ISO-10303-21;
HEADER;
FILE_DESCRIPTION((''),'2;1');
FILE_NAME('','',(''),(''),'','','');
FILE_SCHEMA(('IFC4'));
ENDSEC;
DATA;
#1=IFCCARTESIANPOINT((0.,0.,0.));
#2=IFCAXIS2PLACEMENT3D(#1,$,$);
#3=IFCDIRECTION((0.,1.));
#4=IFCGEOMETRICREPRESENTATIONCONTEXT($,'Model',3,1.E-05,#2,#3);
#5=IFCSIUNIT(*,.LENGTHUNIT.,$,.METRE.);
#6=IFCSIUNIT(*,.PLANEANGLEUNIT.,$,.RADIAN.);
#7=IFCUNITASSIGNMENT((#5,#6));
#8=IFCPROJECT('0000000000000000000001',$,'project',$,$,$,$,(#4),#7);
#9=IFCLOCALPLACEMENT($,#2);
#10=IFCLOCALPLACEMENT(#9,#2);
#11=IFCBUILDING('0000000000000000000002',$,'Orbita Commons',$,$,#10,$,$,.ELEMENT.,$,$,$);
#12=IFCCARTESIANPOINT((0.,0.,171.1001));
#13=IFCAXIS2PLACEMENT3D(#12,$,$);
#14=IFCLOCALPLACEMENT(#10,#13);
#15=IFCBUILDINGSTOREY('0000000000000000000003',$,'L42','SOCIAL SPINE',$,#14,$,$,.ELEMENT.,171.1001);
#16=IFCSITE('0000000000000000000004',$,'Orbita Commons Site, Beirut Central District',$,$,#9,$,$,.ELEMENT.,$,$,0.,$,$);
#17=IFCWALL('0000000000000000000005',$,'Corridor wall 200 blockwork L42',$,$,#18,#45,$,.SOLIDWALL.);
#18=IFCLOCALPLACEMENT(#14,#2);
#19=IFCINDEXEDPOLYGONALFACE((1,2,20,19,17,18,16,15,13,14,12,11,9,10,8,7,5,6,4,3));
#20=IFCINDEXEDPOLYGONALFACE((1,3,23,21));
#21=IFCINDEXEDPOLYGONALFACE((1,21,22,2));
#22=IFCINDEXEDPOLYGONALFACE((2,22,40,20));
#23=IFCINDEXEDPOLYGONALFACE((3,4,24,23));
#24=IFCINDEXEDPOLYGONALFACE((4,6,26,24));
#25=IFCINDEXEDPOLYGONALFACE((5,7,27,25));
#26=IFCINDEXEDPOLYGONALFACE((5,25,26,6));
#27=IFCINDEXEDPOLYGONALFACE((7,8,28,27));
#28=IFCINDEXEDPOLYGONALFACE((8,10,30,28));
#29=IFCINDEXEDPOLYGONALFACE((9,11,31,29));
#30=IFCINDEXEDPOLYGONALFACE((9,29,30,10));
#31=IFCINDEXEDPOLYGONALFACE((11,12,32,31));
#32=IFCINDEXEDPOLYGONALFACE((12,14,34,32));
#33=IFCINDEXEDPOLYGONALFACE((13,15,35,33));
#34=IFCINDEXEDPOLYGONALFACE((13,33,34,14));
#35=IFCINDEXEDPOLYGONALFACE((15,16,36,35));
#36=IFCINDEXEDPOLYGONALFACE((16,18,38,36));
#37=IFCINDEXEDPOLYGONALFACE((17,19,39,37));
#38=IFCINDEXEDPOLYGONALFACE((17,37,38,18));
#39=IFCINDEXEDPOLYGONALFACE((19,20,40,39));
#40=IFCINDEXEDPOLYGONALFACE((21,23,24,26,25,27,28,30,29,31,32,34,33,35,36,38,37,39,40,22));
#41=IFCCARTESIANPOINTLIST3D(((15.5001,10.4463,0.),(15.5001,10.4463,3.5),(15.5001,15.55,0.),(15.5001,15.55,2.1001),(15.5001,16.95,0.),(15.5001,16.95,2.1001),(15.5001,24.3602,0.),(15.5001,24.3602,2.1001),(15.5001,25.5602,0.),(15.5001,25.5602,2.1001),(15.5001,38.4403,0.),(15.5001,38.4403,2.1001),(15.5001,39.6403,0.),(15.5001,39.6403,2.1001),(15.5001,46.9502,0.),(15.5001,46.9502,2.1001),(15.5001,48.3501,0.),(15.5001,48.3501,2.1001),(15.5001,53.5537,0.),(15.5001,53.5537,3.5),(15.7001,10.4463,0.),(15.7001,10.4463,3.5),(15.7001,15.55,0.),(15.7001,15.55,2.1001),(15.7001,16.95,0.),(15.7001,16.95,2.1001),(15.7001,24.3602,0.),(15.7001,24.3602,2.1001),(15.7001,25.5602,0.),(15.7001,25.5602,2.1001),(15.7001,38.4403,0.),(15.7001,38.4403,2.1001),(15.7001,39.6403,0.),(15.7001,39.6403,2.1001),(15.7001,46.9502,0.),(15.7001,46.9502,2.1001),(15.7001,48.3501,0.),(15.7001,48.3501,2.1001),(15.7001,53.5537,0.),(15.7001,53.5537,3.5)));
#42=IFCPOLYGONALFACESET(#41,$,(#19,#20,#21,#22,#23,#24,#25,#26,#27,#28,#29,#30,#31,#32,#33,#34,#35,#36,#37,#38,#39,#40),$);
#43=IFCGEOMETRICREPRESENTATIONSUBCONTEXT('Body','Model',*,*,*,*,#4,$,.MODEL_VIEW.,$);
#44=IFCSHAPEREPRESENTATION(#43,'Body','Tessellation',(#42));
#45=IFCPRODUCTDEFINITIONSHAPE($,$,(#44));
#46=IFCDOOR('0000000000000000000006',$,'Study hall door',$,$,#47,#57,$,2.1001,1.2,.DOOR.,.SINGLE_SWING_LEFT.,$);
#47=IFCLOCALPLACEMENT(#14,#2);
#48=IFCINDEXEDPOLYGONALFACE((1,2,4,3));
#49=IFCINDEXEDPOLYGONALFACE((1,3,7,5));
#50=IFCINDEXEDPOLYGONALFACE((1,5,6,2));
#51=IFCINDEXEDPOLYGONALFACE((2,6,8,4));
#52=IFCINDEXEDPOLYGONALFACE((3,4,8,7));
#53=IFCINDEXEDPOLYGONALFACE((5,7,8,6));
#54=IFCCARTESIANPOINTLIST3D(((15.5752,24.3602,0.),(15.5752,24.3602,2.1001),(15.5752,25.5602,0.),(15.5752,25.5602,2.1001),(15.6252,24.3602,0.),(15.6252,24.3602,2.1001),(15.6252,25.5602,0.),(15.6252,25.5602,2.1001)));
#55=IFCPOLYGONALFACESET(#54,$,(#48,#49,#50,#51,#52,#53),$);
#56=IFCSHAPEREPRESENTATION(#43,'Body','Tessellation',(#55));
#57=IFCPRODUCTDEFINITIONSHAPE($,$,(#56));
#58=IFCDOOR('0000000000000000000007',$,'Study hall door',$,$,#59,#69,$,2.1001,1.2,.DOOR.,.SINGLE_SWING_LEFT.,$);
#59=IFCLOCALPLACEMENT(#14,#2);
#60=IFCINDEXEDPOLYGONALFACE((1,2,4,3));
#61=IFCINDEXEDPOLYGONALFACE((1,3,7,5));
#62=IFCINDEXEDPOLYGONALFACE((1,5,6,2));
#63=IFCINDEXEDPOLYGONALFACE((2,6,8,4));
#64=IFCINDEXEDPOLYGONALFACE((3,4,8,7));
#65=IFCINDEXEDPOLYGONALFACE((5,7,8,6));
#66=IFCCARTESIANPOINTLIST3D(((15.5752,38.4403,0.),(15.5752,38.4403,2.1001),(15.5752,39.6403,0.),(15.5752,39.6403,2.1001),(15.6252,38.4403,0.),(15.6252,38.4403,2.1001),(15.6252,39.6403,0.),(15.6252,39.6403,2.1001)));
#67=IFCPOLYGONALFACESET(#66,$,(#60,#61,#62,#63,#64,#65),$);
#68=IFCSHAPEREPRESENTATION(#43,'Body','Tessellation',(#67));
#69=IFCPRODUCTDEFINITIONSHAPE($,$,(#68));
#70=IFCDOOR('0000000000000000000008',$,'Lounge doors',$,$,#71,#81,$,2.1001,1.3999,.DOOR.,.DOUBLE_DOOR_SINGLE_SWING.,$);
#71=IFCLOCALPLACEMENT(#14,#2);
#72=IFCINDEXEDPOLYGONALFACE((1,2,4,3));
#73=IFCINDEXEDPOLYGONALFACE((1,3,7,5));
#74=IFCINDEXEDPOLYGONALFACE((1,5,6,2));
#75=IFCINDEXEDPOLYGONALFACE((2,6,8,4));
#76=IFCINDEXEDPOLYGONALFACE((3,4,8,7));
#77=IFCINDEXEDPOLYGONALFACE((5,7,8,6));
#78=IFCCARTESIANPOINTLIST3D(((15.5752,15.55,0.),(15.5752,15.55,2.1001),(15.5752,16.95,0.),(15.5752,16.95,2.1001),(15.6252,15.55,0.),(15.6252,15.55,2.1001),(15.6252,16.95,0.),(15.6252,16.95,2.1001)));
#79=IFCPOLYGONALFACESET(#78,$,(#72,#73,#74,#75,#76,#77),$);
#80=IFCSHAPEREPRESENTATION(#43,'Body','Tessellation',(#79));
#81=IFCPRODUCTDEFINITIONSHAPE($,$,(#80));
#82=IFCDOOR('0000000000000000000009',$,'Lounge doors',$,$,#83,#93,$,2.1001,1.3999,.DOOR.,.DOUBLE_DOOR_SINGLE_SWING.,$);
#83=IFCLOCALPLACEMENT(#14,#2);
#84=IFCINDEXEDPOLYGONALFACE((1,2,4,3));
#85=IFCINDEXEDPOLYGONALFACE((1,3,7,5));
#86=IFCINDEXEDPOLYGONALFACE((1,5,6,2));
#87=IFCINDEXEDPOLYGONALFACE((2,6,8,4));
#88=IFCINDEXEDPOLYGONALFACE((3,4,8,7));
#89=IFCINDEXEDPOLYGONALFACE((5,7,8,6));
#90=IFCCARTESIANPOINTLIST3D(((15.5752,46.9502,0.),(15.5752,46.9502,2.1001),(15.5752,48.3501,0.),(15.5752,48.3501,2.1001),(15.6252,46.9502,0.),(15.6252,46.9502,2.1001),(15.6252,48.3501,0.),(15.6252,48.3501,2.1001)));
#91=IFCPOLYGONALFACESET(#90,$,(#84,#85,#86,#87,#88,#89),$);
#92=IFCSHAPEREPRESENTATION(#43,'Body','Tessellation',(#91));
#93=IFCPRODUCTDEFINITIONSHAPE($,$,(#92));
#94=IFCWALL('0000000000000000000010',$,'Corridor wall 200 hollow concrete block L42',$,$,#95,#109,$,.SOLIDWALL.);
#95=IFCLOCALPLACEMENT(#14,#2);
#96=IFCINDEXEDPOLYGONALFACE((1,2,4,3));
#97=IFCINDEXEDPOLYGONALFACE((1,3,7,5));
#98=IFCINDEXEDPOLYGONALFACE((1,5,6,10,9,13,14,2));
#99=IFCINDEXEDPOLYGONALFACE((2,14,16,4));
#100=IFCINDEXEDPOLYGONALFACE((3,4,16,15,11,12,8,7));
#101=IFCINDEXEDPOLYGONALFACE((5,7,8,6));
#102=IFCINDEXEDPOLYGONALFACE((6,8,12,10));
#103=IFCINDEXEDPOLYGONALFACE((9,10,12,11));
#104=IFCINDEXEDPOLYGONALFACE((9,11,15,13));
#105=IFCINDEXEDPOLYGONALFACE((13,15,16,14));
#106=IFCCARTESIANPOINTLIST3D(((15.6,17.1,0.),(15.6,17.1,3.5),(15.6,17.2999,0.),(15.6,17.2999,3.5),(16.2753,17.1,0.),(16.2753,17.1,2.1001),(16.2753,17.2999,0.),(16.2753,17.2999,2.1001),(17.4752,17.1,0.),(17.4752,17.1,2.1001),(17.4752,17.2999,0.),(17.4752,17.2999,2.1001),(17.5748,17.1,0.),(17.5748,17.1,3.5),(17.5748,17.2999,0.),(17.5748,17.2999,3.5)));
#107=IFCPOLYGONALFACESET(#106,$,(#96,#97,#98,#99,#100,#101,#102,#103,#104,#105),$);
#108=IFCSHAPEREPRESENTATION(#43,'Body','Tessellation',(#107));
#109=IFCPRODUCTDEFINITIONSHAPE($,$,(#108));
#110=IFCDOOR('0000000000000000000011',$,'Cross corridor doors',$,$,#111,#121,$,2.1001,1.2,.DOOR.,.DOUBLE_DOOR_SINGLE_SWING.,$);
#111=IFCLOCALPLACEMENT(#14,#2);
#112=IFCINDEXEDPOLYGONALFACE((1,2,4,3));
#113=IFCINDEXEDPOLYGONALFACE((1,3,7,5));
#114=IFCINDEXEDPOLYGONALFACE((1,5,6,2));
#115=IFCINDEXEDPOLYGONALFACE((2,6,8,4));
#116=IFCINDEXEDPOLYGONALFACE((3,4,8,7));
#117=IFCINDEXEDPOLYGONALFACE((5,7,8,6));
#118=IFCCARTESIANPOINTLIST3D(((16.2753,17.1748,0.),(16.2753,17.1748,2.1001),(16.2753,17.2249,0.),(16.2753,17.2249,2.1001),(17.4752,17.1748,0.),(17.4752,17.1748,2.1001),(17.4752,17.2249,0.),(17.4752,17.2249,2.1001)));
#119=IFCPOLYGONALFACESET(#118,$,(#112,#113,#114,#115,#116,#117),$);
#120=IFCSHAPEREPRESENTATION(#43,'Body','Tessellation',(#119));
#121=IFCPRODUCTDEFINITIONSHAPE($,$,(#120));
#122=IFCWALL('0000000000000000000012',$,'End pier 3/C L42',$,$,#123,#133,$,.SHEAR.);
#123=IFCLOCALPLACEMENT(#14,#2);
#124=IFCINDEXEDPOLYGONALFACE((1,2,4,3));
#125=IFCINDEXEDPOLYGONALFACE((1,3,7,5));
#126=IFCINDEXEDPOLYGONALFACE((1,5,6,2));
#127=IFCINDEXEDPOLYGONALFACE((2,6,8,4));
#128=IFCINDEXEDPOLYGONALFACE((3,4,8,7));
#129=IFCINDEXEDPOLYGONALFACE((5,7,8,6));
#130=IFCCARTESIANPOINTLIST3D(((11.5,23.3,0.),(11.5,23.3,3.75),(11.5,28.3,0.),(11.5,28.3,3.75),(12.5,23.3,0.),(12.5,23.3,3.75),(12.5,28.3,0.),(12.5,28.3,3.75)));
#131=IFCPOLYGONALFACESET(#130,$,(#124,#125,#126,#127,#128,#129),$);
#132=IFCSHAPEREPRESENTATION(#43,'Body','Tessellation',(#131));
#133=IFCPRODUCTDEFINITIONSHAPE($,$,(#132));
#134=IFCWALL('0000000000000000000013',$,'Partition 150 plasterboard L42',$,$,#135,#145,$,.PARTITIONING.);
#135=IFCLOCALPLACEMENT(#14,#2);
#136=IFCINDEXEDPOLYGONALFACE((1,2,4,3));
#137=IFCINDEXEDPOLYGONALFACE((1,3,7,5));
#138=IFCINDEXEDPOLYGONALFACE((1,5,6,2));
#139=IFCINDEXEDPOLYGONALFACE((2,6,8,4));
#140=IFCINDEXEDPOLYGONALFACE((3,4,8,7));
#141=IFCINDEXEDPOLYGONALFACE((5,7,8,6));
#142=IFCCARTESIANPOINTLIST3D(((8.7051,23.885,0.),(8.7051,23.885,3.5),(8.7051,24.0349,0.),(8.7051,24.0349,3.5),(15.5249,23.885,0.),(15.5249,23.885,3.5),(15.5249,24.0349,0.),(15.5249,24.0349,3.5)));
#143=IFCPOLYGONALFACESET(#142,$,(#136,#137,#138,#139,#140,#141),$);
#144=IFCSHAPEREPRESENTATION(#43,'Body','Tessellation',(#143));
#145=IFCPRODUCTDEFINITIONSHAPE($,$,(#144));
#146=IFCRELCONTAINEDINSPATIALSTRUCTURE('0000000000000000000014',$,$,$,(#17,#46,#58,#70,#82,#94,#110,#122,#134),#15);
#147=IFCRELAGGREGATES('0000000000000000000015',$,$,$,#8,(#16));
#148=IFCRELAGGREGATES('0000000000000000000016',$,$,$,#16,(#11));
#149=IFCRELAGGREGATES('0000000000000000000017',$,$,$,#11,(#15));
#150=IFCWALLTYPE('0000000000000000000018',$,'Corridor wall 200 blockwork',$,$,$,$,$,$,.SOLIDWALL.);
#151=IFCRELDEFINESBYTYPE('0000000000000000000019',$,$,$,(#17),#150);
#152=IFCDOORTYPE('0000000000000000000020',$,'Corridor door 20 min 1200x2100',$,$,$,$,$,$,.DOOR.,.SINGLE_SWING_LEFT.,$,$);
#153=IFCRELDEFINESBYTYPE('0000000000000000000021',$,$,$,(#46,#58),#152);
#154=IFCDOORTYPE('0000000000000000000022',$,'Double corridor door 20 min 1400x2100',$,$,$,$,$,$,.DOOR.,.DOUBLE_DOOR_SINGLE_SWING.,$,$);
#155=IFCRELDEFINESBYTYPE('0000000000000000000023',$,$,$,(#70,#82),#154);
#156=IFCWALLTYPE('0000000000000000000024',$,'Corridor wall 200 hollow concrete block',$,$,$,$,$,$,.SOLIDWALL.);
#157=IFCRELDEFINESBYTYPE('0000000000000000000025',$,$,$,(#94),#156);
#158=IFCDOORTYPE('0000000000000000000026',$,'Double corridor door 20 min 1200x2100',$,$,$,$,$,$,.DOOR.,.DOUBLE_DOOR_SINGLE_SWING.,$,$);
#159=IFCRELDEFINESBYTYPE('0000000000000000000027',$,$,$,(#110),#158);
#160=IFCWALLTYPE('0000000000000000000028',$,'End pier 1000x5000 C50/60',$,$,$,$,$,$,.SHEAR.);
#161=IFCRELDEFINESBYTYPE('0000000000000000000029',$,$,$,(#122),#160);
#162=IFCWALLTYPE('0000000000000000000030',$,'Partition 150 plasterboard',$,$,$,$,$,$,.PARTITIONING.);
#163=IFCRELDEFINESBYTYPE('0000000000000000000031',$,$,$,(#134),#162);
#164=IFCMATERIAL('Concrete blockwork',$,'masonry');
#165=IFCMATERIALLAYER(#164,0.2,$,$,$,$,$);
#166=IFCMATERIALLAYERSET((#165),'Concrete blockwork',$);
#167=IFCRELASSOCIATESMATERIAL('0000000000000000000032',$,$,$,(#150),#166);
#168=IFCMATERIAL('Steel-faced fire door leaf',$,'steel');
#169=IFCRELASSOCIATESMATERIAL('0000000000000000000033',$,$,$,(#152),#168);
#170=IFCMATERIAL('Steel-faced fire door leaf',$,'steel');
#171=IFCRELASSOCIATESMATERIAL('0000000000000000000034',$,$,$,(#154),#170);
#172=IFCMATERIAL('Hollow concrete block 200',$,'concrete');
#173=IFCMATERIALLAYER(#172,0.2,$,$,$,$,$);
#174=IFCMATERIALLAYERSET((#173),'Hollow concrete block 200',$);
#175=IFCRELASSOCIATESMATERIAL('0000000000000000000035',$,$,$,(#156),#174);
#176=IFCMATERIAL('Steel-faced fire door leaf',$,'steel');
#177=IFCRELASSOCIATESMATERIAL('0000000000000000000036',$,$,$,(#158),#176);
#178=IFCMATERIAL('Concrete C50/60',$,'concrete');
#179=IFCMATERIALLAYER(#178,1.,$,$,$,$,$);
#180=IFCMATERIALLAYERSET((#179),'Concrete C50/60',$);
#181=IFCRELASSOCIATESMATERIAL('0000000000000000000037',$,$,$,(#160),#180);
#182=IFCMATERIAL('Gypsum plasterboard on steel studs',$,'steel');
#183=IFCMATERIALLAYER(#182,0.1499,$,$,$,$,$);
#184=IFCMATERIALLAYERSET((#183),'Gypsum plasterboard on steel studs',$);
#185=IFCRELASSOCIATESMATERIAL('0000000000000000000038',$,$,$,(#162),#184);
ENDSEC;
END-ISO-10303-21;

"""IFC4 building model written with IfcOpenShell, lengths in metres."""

from ifc_helpers import new_model, si_unit, direction, frame, frame_2d, origin, place, context, subcontext, project, spatial, rectangle, extrude, material, layer, layer_set, type_object, element, fill, save


model = new_model("IFC4")

# Units and contexts
model_context = context("Model", 3, precision=1e-05, world=origin(), true_north=direction((0.0, 1.0)))
body_context = subcontext(model_context, "Body", "Model", "MODEL_VIEW")
ifc_project = project(units=[si_unit("LENGTHUNIT", "METRE"), si_unit("PLANEANGLEUNIT", "RADIAN")], contexts=[model_context])

# Site, building, storey
site_placement = place(None, origin())
site = spatial("IfcSite", under=ifc_project, at=site_placement, Name="Orbita Commons Site, Beirut Central District", CompositionType="ELEMENT", RefElevation=0.0)
building_placement = place(site_placement, origin())
building = spatial("IfcBuilding", under=site, at=building_placement, Name="Orbita Commons", CompositionType="ELEMENT")
storey_placement = place(building_placement, frame((0.0, 0.0, 171.1001)))
storey = spatial("IfcBuildingStorey", under=building, at=storey_placement, Name="L42", Description="SOCIAL SPINE", CompositionType="ELEMENT", Elevation=171.1001)

# Shared definitions
ifc_material_1 = material(Name="Concrete blockwork", Category="masonry")
ifc_layer_1 = layer(ifc_material_1, 0.2)
ifc_layer_set_1 = layer_set([ifc_layer_1], Name="Concrete blockwork")
wall_type_1 = type_object("IfcWallType", Name="Corridor wall 200 blockwork", PredefinedType="SOLIDWALL", material=ifc_layer_set_1)

# Wall, openings, doors
wall_1_placement = place(storey_placement, frame((15.6001, 10.4463, 0.0), z_axis=(0.0, 0.0, 1.0), x_axis=(0.0, 1.0, 0.0)))
wall_1 = element("IfcWall", 1, at=wall_1_placement, inside=storey, type_object=wall_type_1, Name="Corridor wall 200 blockwork L42", PredefinedType="SOLIDWALL", context=body_context, shape_type="SweptSolid", body=[
    extrude(rectangle(XDim=43.1074, YDim=0.2, at=frame_2d((21.5537, 0.0))), origin(), (0.0, 0.0, 1.0), 3.5),
])
opening_1_placement = place(wall_1_placement, frame((13.9138, 0.0, 0.0)))
opening_1 = element("IfcOpeningElement", 2, at=opening_1_placement, cuts=wall_1, PredefinedType="OPENING", context=body_context, shape_type="SweptSolid", body=[
    extrude(rectangle(XDim=1.2, YDim=2.1001, at=frame_2d((0.6001, 1.05))), frame((0.0, 0.1099, 0.0), z_axis=(0.0, -1.0, 0.0), x_axis=(1.0, 0.0, 0.0)), (0.0, 0.0, 1.0), 0.22),
])
opening_2_placement = place(wall_1_placement, frame((27.9939, 0.0, 0.0)))
opening_2 = element("IfcOpeningElement", 3, at=opening_2_placement, cuts=wall_1, PredefinedType="OPENING", context=body_context, shape_type="SweptSolid", body=[
    extrude(rectangle(XDim=1.2, YDim=2.1001, at=frame_2d((0.6001, 1.05))), frame((0.0, 0.1099, 0.0), z_axis=(0.0, -1.0, 0.0), x_axis=(1.0, 0.0, 0.0)), (0.0, 0.0, 1.0), 0.22),
])
opening_3_placement = place(wall_1_placement, frame((5.1038, 0.0, 0.0)))
opening_3 = element("IfcOpeningElement", 4, at=opening_3_placement, cuts=wall_1, PredefinedType="OPENING", context=body_context, shape_type="SweptSolid", body=[
    extrude(rectangle(XDim=1.3999, YDim=2.1001, at=frame_2d((0.7, 1.05))), frame((0.0, 0.1099, 0.0), z_axis=(0.0, -1.0, 0.0), x_axis=(1.0, 0.0, 0.0)), (0.0, 0.0, 1.0), 0.22),
])
opening_4_placement = place(wall_1_placement, frame((36.5039, 0.0, 0.0)))
opening_4 = element("IfcOpeningElement", 5, at=opening_4_placement, cuts=wall_1, PredefinedType="OPENING", context=body_context, shape_type="SweptSolid", body=[
    extrude(rectangle(XDim=1.3999, YDim=2.1001, at=frame_2d((0.7, 1.05))), frame((0.0, 0.1099, 0.0), z_axis=(0.0, -1.0, 0.0), x_axis=(1.0, 0.0, 0.0)), (0.0, 0.0, 1.0), 0.22),
])
ifc_material_2 = material(Name="Steel-faced fire door leaf", Category="steel")
door_type_1 = type_object("IfcDoorType", Name="Corridor door 20 min 1200x2100", OperationType="SINGLE_SWING_LEFT", PredefinedType="DOOR", material=ifc_material_2)
door_1_placement = place(opening_1_placement, origin())
door_1 = element("IfcDoor", 6, at=door_1_placement, inside=storey, type_object=door_type_1, Name="Study hall door", OperationType="SINGLE_SWING_LEFT", OverallHeight=2.1001, OverallWidth=1.2, PredefinedType="DOOR", context=body_context, shape_type="SweptSolid", body=[
    extrude(rectangle(XDim=1.2, YDim=2.1001, at=frame_2d((0.6001, 1.05))), frame((0.0, 0.0249, 0.0), z_axis=(0.0, -1.0, 0.0), x_axis=(1.0, 0.0, 0.0)), (0.0, 0.0, 1.0), 0.05),
])
fill(opening_1, door_1)
door_2_placement = place(opening_2_placement, origin())
door_2 = element("IfcDoor", 7, at=door_2_placement, inside=storey, type_object=door_type_1, Name="Study hall door", OperationType="SINGLE_SWING_LEFT", OverallHeight=2.1001, OverallWidth=1.2, PredefinedType="DOOR", context=body_context, shape_type="SweptSolid", body=[
    extrude(rectangle(XDim=1.2, YDim=2.1001, at=frame_2d((0.6001, 1.05))), frame((0.0, 0.0249, 0.0), z_axis=(0.0, -1.0, 0.0), x_axis=(1.0, 0.0, 0.0)), (0.0, 0.0, 1.0), 0.05),
])
fill(opening_2, door_2)
ifc_material_3 = material(Name="Steel-faced fire door leaf", Category="steel")
door_type_2 = type_object("IfcDoorType", Name="Double corridor door 20 min 1400x2100", OperationType="DOUBLE_DOOR_SINGLE_SWING", PredefinedType="DOOR", material=ifc_material_3)
door_3_placement = place(opening_3_placement, origin())
door_3 = element("IfcDoor", 8, at=door_3_placement, inside=storey, type_object=door_type_2, Name="Lounge doors", OperationType="DOUBLE_DOOR_SINGLE_SWING", OverallHeight=2.1001, OverallWidth=1.3999, PredefinedType="DOOR", context=body_context, shape_type="SweptSolid", body=[
    extrude(rectangle(XDim=1.3999, YDim=2.1001, at=frame_2d((0.7, 1.05))), frame((0.0, 0.0249, 0.0), z_axis=(0.0, -1.0, 0.0), x_axis=(1.0, 0.0, 0.0)), (0.0, 0.0, 1.0), 0.05),
])
fill(opening_3, door_3)
door_4_placement = place(opening_4_placement, origin())
door_4 = element("IfcDoor", 9, at=door_4_placement, inside=storey, type_object=door_type_2, Name="Lounge doors", OperationType="DOUBLE_DOOR_SINGLE_SWING", OverallHeight=2.1001, OverallWidth=1.3999, PredefinedType="DOOR", context=body_context, shape_type="SweptSolid", body=[
    extrude(rectangle(XDim=1.3999, YDim=2.1001, at=frame_2d((0.7, 1.05))), frame((0.0, 0.0249, 0.0), z_axis=(0.0, -1.0, 0.0), x_axis=(1.0, 0.0, 0.0)), (0.0, 0.0, 1.0), 0.05),
])
fill(opening_4, door_4)

# Wall, opening, door
ifc_material_4 = material(Name="Hollow concrete block 200", Category="concrete")
ifc_layer_2 = layer(ifc_material_4, 0.2)
ifc_layer_set_2 = layer_set([ifc_layer_2], Name="Hollow concrete block 200")
wall_type_2 = type_object("IfcWallType", Name="Corridor wall 200 hollow concrete block", PredefinedType="SOLIDWALL", material=ifc_layer_set_2)
wall_2_placement = place(storey_placement, frame((15.6001, 17.2, 0.0), z_axis=(0.0, 0.0, 1.0), x_axis=(1.0, 0.0, 0.0)))
wall_2 = element("IfcWall", 10, at=wall_2_placement, inside=storey, type_object=wall_type_2, Name="Corridor wall 200 hollow concrete block L42", PredefinedType="SOLIDWALL", context=body_context, shape_type="SweptSolid", body=[
    extrude(rectangle(XDim=1.9749, YDim=0.2, at=frame_2d((0.9873, 0.0))), origin(), (0.0, 0.0, 1.0), 3.5),
])
opening_5_placement = place(wall_2_placement, frame((0.675, 0.0, 0.0)))
opening_5 = element("IfcOpeningElement", 11, at=opening_5_placement, cuts=wall_2, PredefinedType="OPENING", context=body_context, shape_type="SweptSolid", body=[
    extrude(rectangle(XDim=1.2, YDim=2.1001, at=frame_2d((0.6001, 1.05))), frame((0.0, 0.1099, 0.0), z_axis=(0.0, -1.0, 0.0), x_axis=(1.0, 0.0, 0.0)), (0.0, 0.0, 1.0), 0.22),
])
ifc_material_5 = material(Name="Steel-faced fire door leaf", Category="steel")
door_type_3 = type_object("IfcDoorType", Name="Double corridor door 20 min 1200x2100", OperationType="DOUBLE_DOOR_SINGLE_SWING", PredefinedType="DOOR", material=ifc_material_5)
door_5_placement = place(opening_5_placement, origin())
door_5 = element("IfcDoor", 12, at=door_5_placement, inside=storey, type_object=door_type_3, Name="Cross corridor doors", OperationType="DOUBLE_DOOR_SINGLE_SWING", OverallHeight=2.1001, OverallWidth=1.2, PredefinedType="DOOR", context=body_context, shape_type="SweptSolid", body=[
    extrude(rectangle(XDim=1.2, YDim=2.1001, at=frame_2d((0.6001, 1.05))), frame((0.0, 0.0249, 0.0), z_axis=(0.0, -1.0, 0.0), x_axis=(1.0, 0.0, 0.0)), (0.0, 0.0, 1.0), 0.05),
])
fill(opening_5, door_5)

# Walls
ifc_material_6 = material(Name="Concrete C50/60", Category="concrete")
ifc_layer_3 = layer(ifc_material_6, 1.0)
ifc_layer_set_3 = layer_set([ifc_layer_3], Name="Concrete C50/60")
wall_type_3 = type_object("IfcWallType", Name="End pier 1000x5000 C50/60", PredefinedType="SHEAR", material=ifc_layer_set_3)
wall_3_placement = place(storey_placement, frame((12.0, 23.3, 0.0), z_axis=(0.0, 0.0, 1.0), x_axis=(0.0, 1.0, 0.0)))
element("IfcWall", 13, at=wall_3_placement, inside=storey, type_object=wall_type_3, Name="End pier 3/C L42", PredefinedType="SHEAR", context=body_context, shape_type="SweptSolid", body=[
    extrude(rectangle(XDim=5.0, YDim=1.0, at=frame_2d((2.5, 0.0))), origin(), (0.0, 0.0, 1.0), 3.75),
])
ifc_material_7 = material(Name="Gypsum plasterboard on steel studs", Category="steel")
ifc_layer_4 = layer(ifc_material_7, 0.1499)
ifc_layer_set_4 = layer_set([ifc_layer_4], Name="Gypsum plasterboard on steel studs")
wall_type_4 = type_object("IfcWallType", Name="Partition 150 plasterboard", PredefinedType="PARTITIONING", material=ifc_layer_set_4)
wall_4_placement = place(storey_placement, frame((8.7051, 23.96, 0.0), z_axis=(0.0, 0.0, 1.0), x_axis=(1.0, 0.0, 0.0)))
element("IfcWall", 14, at=wall_4_placement, inside=storey, type_object=wall_type_4, Name="Partition 150 plasterboard L42", PredefinedType="PARTITIONING", context=body_context, shape_type="SweptSolid", body=[
    extrude(rectangle(XDim=6.8198, YDim=0.1499, at=frame_2d((3.4099, 0.0))), origin(), (0.0, 0.0, 1.0), 3.5),
])

save(model, "model.ifc")
